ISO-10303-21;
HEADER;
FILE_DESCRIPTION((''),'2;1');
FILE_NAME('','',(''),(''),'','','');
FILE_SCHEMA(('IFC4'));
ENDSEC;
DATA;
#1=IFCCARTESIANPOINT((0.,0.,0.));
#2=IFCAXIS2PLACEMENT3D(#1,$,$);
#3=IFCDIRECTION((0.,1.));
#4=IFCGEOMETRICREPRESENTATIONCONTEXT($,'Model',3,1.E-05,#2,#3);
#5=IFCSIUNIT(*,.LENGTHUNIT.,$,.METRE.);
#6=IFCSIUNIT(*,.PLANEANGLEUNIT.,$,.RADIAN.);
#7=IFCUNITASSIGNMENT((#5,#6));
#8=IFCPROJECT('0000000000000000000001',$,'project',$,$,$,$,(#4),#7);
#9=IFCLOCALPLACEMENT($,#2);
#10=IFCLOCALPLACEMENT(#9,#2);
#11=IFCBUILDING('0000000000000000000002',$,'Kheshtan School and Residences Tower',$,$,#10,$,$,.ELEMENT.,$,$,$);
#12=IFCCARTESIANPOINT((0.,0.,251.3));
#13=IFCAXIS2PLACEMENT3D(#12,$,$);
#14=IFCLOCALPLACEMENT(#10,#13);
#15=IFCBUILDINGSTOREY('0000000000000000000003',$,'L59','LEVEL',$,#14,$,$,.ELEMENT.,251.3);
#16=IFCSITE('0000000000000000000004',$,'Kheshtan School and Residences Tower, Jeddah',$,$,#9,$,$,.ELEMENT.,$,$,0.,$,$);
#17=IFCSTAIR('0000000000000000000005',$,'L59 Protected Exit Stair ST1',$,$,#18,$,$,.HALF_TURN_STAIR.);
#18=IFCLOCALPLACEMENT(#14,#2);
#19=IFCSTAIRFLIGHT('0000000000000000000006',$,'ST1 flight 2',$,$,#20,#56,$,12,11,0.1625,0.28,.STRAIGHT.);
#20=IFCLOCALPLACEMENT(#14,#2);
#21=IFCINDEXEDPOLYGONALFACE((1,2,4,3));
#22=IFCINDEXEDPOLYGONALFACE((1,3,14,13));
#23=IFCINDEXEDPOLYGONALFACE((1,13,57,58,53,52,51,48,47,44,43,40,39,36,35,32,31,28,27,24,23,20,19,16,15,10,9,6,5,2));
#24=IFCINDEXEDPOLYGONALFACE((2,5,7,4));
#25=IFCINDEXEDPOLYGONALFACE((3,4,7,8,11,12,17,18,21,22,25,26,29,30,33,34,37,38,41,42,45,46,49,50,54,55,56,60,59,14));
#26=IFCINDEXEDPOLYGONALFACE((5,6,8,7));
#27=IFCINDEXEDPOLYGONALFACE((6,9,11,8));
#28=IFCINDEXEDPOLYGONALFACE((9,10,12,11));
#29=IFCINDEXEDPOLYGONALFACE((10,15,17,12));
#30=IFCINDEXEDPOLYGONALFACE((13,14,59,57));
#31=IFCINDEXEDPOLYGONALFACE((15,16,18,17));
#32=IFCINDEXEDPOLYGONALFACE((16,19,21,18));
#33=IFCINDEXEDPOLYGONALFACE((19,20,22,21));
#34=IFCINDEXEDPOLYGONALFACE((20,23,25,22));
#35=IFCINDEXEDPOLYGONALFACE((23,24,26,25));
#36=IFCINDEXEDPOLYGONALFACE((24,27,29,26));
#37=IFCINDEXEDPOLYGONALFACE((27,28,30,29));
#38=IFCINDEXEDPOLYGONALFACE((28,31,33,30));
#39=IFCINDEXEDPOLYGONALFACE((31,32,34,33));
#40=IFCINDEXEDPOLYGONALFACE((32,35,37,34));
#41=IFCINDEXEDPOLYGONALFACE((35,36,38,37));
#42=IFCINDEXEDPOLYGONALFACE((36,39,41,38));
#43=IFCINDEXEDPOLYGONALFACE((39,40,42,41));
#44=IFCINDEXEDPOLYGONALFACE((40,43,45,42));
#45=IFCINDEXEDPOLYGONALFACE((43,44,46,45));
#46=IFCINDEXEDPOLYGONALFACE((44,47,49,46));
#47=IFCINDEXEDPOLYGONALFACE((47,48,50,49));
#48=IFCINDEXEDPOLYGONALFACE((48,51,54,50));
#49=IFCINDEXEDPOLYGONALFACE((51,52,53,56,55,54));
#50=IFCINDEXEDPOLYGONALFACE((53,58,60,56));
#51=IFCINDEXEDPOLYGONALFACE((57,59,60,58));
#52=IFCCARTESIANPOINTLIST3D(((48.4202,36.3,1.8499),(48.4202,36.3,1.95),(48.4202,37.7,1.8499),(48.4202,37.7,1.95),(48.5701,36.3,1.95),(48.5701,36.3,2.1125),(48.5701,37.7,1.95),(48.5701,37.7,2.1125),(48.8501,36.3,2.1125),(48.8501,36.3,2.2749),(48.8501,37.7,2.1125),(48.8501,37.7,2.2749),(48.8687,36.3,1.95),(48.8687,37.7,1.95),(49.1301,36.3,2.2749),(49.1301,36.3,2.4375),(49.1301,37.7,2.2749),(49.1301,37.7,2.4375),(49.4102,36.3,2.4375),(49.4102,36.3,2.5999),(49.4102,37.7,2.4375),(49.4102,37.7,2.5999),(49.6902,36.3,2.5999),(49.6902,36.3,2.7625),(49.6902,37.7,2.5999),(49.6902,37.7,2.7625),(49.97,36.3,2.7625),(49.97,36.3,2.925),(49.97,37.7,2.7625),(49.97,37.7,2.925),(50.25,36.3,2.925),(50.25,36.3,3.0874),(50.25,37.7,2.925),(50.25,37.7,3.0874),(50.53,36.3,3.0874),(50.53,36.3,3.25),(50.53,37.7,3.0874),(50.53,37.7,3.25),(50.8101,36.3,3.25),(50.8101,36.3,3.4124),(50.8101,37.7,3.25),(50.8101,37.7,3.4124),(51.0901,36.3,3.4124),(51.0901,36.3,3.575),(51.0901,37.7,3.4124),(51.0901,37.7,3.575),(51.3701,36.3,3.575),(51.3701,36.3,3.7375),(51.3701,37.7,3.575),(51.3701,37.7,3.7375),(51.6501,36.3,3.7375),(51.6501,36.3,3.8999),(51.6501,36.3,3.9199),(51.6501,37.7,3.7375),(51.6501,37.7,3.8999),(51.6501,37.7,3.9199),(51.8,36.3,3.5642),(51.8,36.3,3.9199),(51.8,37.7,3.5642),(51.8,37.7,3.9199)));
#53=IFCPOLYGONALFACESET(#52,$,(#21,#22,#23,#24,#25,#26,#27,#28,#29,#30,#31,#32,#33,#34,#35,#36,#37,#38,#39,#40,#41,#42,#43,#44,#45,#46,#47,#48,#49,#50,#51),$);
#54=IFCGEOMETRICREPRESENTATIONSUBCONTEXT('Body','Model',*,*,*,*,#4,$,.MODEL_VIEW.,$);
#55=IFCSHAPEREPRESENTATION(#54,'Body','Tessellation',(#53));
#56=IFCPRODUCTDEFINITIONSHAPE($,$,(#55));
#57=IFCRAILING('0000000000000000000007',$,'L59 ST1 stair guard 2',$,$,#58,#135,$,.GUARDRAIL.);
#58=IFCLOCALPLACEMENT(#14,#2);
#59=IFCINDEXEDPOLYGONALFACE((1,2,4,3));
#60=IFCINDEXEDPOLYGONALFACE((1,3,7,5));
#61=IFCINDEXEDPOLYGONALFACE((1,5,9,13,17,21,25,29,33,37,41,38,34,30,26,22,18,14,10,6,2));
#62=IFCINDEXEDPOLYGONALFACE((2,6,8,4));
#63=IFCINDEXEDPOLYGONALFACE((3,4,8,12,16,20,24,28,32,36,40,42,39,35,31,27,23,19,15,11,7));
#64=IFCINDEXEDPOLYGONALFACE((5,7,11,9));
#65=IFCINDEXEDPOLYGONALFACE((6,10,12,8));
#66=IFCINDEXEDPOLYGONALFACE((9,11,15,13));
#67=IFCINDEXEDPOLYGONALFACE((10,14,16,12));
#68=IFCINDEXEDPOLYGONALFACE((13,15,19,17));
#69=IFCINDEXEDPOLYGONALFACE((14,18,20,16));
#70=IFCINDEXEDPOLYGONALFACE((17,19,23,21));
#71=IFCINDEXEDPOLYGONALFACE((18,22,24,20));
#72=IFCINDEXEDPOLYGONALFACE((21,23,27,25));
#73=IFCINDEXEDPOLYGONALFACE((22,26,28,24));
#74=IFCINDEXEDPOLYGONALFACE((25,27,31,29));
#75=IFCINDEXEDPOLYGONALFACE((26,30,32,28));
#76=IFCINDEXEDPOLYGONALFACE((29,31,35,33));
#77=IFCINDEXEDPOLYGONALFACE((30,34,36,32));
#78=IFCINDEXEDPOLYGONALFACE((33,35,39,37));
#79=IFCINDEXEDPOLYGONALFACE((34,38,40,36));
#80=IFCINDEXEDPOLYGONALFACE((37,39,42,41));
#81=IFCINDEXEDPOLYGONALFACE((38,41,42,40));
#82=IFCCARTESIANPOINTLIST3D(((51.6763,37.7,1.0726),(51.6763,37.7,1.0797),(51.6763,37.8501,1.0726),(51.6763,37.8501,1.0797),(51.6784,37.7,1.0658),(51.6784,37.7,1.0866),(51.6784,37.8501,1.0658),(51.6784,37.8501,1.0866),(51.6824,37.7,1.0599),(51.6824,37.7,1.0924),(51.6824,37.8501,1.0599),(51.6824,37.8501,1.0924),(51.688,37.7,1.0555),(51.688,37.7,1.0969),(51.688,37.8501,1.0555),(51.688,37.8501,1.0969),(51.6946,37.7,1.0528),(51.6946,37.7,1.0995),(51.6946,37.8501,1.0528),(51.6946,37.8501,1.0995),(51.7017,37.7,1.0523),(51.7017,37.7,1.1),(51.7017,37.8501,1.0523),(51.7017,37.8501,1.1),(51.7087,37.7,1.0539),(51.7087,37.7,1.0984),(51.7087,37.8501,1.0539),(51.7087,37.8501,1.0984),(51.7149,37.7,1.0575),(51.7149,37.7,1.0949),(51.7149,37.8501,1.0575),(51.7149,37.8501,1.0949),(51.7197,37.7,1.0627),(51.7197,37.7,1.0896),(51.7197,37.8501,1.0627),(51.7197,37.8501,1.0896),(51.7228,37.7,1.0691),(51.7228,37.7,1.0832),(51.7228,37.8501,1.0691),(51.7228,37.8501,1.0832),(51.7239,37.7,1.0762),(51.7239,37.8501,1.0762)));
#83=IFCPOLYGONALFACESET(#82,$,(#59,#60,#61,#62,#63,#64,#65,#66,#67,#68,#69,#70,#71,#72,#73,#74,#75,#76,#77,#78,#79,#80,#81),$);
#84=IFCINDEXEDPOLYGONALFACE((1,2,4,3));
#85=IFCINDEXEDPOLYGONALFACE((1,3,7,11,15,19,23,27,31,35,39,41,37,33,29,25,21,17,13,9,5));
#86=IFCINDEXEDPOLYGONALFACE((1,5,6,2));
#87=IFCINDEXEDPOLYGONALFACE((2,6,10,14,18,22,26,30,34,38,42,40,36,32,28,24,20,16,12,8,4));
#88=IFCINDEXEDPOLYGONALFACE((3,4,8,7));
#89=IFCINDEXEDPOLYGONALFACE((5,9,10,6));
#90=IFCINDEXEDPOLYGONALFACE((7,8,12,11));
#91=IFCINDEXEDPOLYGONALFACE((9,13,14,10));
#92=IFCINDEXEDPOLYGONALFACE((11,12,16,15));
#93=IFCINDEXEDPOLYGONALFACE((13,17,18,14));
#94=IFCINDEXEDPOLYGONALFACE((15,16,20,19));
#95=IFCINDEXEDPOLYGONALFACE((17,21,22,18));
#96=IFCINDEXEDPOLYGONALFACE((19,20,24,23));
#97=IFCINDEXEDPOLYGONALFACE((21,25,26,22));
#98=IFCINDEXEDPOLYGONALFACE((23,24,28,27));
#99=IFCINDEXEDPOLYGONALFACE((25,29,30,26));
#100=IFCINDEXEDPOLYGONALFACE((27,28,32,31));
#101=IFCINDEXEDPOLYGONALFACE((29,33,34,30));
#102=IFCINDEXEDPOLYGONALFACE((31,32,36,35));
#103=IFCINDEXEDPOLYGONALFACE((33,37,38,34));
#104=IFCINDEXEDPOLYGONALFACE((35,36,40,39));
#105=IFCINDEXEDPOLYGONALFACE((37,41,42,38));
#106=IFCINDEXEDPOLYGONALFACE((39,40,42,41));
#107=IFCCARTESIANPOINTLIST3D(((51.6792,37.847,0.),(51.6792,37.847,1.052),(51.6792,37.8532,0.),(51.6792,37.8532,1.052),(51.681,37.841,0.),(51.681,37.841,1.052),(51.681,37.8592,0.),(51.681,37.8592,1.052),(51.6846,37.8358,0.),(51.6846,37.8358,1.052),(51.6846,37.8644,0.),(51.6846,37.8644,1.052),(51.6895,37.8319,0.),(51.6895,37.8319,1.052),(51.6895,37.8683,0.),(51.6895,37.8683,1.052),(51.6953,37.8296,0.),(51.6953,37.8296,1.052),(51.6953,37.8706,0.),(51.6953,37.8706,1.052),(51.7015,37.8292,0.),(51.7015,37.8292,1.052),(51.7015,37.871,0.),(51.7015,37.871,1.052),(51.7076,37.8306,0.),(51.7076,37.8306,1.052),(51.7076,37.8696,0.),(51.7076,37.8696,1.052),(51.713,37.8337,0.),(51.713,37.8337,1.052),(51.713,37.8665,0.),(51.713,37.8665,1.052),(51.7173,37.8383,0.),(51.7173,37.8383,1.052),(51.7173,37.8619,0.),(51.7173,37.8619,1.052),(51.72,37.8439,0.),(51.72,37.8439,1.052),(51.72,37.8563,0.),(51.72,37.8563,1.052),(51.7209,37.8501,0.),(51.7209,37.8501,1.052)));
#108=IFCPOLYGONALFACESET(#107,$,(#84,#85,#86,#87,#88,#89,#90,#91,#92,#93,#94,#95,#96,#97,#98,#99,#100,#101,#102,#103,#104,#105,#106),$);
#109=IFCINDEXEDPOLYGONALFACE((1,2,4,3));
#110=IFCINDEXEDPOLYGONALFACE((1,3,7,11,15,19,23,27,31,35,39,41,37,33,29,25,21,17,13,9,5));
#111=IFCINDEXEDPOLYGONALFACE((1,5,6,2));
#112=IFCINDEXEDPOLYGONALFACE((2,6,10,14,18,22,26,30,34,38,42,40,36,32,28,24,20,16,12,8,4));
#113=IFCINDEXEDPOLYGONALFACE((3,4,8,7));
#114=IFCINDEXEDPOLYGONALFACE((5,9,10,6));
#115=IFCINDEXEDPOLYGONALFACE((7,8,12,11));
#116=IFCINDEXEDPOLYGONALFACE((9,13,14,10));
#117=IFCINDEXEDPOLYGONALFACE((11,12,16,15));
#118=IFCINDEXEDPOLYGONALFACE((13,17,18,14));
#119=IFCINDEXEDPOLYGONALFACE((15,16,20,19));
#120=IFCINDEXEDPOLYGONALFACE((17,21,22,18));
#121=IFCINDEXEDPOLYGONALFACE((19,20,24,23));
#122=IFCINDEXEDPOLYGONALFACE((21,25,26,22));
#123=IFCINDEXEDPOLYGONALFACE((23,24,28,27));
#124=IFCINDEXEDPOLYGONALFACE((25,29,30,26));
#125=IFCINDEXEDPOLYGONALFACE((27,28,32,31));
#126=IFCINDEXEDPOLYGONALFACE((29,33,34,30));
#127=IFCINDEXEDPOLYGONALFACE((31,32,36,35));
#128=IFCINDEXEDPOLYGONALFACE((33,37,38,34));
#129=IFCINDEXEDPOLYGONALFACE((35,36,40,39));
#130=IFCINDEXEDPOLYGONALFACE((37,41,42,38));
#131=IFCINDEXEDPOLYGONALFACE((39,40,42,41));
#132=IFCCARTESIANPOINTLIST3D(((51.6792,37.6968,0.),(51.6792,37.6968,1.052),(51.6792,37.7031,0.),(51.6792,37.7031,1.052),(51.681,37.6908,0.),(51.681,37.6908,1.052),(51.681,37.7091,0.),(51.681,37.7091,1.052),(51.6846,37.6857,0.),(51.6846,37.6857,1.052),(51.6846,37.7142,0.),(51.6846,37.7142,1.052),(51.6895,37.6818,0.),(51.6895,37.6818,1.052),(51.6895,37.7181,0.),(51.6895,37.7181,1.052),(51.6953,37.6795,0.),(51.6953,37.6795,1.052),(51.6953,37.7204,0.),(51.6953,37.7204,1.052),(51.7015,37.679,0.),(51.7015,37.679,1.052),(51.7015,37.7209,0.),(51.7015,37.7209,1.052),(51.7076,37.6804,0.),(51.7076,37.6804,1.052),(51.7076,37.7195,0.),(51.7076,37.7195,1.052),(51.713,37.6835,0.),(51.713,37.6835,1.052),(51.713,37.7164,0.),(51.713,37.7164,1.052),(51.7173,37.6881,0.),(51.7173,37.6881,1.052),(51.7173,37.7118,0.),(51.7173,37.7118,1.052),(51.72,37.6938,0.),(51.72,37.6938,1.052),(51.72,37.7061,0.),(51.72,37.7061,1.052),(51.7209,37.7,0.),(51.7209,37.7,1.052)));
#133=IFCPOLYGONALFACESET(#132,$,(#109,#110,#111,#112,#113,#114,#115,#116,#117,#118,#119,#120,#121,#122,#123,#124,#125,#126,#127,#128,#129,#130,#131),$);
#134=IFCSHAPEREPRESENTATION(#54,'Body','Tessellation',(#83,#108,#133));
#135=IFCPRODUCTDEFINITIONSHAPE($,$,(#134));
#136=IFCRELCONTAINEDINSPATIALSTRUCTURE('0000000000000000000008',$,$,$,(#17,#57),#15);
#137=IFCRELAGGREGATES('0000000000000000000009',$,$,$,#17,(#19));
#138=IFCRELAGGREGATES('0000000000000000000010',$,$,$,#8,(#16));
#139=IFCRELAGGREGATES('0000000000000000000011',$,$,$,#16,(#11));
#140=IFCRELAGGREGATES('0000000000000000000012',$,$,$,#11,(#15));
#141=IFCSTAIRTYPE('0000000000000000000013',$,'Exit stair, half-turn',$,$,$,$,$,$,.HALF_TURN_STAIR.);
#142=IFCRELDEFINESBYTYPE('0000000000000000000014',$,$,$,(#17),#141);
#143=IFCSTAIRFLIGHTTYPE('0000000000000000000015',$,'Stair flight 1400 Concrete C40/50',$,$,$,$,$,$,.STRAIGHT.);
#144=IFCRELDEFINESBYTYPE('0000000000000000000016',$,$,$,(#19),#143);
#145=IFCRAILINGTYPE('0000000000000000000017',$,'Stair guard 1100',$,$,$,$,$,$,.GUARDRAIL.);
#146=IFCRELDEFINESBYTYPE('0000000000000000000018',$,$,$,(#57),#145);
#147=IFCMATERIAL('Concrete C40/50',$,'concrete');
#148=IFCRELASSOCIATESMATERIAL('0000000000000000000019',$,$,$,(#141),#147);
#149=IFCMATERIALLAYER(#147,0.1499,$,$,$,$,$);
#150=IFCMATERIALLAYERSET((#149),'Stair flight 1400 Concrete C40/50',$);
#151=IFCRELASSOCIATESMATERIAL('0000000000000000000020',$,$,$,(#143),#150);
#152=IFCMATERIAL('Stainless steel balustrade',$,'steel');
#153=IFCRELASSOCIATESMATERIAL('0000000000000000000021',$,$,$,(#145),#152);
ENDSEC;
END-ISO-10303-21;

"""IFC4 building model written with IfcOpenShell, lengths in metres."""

from ifc_helpers import new_model, si_unit, direction, frame, origin, origin_2d, place, context, subcontext, project, spatial, polyline, circle, outline, extrude, material, layer, layer_set, type_object, element, aggregate, save


model = new_model("IFC4")

# Units and contexts
model_context = context("Model", 3, precision=1e-05, world=origin(), true_north=direction((0.0, 1.0)))
body_context = subcontext(model_context, "Body", "Model", "MODEL_VIEW")
ifc_project = project(units=[si_unit("LENGTHUNIT", "METRE"), si_unit("PLANEANGLEUNIT", "RADIAN")], contexts=[model_context])

# Site, building, storey
site_placement = place(None, origin())
site = spatial("IfcSite", under=ifc_project, at=site_placement, Name="Kheshtan School and Residences Tower, Jeddah", CompositionType="ELEMENT", RefElevation=0.0)
building_placement = place(site_placement, origin())
building = spatial("IfcBuilding", under=site, at=building_placement, Name="Kheshtan School and Residences Tower", CompositionType="ELEMENT")
storey_placement = place(building_placement, frame((0.0, 0.0, 251.3)))
storey = spatial("IfcBuildingStorey", under=building, at=storey_placement, Name="L59", Description="LEVEL", CompositionType="ELEMENT", Elevation=251.3)

# Shared definitions
ifc_material_1 = material(Name="Concrete C40/50", Category="concrete")

# Stair, stair flight
stair_type = type_object("IfcStairType", Name="Exit stair, half-turn", PredefinedType="HALF_TURN_STAIR", material=ifc_material_1)
stair_placement = place(storey_placement, origin())
stair = element("IfcStair", 1, at=stair_placement, inside=storey, type_object=stair_type, Name="L59 Protected Exit Stair ST1", PredefinedType="HALF_TURN_STAIR")
ifc_layer_1 = layer(ifc_material_1, 0.1499)
ifc_layer_set_1 = layer_set([ifc_layer_1], Name="Stair flight 1400 Concrete C40/50")
stair_flight_type = type_object("IfcStairFlightType", Name="Stair flight 1400 Concrete C40/50", PredefinedType="STRAIGHT", material=ifc_layer_set_1)
stair_flight_1_placement = place(storey_placement, frame((48.5701, 37.0, 1.95), z_axis=(0.0, 0.0, 1.0), x_axis=(1.0, 0.0, 0.0)))
stair_flight_1 = element("IfcStairFlight", 2, at=stair_flight_1_placement, type_object=stair_flight_type, Name="ST1 flight 2", NumberOfRisers=12, NumberOfTreads=11, PredefinedType="STRAIGHT", RiserHeight=0.1625, TreadLength=0.28, context=body_context, shape_type="SweptSolid", body=[
    extrude(outline(polyline([(-0.1499, -0.1001), (-0.1499, 0.0), (0.0, 0.0), (0.0, 0.1626), (0.28, 0.1626), (0.28, 0.325), (0.5601, 0.325), (0.5601, 0.4875), (0.8401, 0.4875), (0.8401, 0.6499), (1.1201, 0.6499), (1.1201, 0.8125), (1.3999, 0.8125), (1.3999, 0.9751), (1.6799, 0.9751), (1.6799, 1.1375), (1.96, 1.1375), (1.96, 1.3), (2.24, 1.3), (2.24, 1.4624), (2.52, 1.4624), (2.52, 1.625), (2.8, 1.625), (2.8, 1.7876), (3.0801, 1.7876), (3.0801, 1.95), (3.0801, 1.97), (3.23, 1.97), (3.23, 1.6143), (0.2986, 0.0), (-0.1499, -0.1001)])), frame((0.0, 0.7, 0.0), z_axis=(0.0, -1.0, 0.0), x_axis=(1.0, 0.0, 0.0)), (0.0, 0.0, 1.0), 1.3999),
])
aggregate(stair, [stair_flight_1])

# Railing
ifc_material_2 = material(Name="Stainless steel balustrade", Category="steel")
railing_type_1 = type_object("IfcRailingType", Name="Stair guard 1100", PredefinedType="GUARDRAIL", material=ifc_material_2)
railing_1_placement = place(storey_placement, frame((51.7, 37.8501, 0.0)))
element("IfcRailing", 3, at=railing_1_placement, inside=storey, type_object=railing_type_1, Name="L59 ST1 stair guard 2", PredefinedType="GUARDRAIL", context=body_context, shape_type="SweptSolid", body=[
    extrude(circle(Radius=0.0239, at=origin_2d()), frame((0.0, 0.0, 1.0762), z_axis=(0.0, -1.0, 0.0), x_axis=(1.0, 0.0, 0.0)), (0.0, 0.0, 1.0), 0.1501),
    extrude(circle(Radius=0.021, at=origin_2d()), origin(), (0.0, 0.0, 1.0), 1.052),
    extrude(circle(Radius=0.021, at=origin_2d()), frame((0.0, -0.1501, 0.0)), (0.0, 0.0, 1.0), 1.052),
])

save(model, "model.ifc")
